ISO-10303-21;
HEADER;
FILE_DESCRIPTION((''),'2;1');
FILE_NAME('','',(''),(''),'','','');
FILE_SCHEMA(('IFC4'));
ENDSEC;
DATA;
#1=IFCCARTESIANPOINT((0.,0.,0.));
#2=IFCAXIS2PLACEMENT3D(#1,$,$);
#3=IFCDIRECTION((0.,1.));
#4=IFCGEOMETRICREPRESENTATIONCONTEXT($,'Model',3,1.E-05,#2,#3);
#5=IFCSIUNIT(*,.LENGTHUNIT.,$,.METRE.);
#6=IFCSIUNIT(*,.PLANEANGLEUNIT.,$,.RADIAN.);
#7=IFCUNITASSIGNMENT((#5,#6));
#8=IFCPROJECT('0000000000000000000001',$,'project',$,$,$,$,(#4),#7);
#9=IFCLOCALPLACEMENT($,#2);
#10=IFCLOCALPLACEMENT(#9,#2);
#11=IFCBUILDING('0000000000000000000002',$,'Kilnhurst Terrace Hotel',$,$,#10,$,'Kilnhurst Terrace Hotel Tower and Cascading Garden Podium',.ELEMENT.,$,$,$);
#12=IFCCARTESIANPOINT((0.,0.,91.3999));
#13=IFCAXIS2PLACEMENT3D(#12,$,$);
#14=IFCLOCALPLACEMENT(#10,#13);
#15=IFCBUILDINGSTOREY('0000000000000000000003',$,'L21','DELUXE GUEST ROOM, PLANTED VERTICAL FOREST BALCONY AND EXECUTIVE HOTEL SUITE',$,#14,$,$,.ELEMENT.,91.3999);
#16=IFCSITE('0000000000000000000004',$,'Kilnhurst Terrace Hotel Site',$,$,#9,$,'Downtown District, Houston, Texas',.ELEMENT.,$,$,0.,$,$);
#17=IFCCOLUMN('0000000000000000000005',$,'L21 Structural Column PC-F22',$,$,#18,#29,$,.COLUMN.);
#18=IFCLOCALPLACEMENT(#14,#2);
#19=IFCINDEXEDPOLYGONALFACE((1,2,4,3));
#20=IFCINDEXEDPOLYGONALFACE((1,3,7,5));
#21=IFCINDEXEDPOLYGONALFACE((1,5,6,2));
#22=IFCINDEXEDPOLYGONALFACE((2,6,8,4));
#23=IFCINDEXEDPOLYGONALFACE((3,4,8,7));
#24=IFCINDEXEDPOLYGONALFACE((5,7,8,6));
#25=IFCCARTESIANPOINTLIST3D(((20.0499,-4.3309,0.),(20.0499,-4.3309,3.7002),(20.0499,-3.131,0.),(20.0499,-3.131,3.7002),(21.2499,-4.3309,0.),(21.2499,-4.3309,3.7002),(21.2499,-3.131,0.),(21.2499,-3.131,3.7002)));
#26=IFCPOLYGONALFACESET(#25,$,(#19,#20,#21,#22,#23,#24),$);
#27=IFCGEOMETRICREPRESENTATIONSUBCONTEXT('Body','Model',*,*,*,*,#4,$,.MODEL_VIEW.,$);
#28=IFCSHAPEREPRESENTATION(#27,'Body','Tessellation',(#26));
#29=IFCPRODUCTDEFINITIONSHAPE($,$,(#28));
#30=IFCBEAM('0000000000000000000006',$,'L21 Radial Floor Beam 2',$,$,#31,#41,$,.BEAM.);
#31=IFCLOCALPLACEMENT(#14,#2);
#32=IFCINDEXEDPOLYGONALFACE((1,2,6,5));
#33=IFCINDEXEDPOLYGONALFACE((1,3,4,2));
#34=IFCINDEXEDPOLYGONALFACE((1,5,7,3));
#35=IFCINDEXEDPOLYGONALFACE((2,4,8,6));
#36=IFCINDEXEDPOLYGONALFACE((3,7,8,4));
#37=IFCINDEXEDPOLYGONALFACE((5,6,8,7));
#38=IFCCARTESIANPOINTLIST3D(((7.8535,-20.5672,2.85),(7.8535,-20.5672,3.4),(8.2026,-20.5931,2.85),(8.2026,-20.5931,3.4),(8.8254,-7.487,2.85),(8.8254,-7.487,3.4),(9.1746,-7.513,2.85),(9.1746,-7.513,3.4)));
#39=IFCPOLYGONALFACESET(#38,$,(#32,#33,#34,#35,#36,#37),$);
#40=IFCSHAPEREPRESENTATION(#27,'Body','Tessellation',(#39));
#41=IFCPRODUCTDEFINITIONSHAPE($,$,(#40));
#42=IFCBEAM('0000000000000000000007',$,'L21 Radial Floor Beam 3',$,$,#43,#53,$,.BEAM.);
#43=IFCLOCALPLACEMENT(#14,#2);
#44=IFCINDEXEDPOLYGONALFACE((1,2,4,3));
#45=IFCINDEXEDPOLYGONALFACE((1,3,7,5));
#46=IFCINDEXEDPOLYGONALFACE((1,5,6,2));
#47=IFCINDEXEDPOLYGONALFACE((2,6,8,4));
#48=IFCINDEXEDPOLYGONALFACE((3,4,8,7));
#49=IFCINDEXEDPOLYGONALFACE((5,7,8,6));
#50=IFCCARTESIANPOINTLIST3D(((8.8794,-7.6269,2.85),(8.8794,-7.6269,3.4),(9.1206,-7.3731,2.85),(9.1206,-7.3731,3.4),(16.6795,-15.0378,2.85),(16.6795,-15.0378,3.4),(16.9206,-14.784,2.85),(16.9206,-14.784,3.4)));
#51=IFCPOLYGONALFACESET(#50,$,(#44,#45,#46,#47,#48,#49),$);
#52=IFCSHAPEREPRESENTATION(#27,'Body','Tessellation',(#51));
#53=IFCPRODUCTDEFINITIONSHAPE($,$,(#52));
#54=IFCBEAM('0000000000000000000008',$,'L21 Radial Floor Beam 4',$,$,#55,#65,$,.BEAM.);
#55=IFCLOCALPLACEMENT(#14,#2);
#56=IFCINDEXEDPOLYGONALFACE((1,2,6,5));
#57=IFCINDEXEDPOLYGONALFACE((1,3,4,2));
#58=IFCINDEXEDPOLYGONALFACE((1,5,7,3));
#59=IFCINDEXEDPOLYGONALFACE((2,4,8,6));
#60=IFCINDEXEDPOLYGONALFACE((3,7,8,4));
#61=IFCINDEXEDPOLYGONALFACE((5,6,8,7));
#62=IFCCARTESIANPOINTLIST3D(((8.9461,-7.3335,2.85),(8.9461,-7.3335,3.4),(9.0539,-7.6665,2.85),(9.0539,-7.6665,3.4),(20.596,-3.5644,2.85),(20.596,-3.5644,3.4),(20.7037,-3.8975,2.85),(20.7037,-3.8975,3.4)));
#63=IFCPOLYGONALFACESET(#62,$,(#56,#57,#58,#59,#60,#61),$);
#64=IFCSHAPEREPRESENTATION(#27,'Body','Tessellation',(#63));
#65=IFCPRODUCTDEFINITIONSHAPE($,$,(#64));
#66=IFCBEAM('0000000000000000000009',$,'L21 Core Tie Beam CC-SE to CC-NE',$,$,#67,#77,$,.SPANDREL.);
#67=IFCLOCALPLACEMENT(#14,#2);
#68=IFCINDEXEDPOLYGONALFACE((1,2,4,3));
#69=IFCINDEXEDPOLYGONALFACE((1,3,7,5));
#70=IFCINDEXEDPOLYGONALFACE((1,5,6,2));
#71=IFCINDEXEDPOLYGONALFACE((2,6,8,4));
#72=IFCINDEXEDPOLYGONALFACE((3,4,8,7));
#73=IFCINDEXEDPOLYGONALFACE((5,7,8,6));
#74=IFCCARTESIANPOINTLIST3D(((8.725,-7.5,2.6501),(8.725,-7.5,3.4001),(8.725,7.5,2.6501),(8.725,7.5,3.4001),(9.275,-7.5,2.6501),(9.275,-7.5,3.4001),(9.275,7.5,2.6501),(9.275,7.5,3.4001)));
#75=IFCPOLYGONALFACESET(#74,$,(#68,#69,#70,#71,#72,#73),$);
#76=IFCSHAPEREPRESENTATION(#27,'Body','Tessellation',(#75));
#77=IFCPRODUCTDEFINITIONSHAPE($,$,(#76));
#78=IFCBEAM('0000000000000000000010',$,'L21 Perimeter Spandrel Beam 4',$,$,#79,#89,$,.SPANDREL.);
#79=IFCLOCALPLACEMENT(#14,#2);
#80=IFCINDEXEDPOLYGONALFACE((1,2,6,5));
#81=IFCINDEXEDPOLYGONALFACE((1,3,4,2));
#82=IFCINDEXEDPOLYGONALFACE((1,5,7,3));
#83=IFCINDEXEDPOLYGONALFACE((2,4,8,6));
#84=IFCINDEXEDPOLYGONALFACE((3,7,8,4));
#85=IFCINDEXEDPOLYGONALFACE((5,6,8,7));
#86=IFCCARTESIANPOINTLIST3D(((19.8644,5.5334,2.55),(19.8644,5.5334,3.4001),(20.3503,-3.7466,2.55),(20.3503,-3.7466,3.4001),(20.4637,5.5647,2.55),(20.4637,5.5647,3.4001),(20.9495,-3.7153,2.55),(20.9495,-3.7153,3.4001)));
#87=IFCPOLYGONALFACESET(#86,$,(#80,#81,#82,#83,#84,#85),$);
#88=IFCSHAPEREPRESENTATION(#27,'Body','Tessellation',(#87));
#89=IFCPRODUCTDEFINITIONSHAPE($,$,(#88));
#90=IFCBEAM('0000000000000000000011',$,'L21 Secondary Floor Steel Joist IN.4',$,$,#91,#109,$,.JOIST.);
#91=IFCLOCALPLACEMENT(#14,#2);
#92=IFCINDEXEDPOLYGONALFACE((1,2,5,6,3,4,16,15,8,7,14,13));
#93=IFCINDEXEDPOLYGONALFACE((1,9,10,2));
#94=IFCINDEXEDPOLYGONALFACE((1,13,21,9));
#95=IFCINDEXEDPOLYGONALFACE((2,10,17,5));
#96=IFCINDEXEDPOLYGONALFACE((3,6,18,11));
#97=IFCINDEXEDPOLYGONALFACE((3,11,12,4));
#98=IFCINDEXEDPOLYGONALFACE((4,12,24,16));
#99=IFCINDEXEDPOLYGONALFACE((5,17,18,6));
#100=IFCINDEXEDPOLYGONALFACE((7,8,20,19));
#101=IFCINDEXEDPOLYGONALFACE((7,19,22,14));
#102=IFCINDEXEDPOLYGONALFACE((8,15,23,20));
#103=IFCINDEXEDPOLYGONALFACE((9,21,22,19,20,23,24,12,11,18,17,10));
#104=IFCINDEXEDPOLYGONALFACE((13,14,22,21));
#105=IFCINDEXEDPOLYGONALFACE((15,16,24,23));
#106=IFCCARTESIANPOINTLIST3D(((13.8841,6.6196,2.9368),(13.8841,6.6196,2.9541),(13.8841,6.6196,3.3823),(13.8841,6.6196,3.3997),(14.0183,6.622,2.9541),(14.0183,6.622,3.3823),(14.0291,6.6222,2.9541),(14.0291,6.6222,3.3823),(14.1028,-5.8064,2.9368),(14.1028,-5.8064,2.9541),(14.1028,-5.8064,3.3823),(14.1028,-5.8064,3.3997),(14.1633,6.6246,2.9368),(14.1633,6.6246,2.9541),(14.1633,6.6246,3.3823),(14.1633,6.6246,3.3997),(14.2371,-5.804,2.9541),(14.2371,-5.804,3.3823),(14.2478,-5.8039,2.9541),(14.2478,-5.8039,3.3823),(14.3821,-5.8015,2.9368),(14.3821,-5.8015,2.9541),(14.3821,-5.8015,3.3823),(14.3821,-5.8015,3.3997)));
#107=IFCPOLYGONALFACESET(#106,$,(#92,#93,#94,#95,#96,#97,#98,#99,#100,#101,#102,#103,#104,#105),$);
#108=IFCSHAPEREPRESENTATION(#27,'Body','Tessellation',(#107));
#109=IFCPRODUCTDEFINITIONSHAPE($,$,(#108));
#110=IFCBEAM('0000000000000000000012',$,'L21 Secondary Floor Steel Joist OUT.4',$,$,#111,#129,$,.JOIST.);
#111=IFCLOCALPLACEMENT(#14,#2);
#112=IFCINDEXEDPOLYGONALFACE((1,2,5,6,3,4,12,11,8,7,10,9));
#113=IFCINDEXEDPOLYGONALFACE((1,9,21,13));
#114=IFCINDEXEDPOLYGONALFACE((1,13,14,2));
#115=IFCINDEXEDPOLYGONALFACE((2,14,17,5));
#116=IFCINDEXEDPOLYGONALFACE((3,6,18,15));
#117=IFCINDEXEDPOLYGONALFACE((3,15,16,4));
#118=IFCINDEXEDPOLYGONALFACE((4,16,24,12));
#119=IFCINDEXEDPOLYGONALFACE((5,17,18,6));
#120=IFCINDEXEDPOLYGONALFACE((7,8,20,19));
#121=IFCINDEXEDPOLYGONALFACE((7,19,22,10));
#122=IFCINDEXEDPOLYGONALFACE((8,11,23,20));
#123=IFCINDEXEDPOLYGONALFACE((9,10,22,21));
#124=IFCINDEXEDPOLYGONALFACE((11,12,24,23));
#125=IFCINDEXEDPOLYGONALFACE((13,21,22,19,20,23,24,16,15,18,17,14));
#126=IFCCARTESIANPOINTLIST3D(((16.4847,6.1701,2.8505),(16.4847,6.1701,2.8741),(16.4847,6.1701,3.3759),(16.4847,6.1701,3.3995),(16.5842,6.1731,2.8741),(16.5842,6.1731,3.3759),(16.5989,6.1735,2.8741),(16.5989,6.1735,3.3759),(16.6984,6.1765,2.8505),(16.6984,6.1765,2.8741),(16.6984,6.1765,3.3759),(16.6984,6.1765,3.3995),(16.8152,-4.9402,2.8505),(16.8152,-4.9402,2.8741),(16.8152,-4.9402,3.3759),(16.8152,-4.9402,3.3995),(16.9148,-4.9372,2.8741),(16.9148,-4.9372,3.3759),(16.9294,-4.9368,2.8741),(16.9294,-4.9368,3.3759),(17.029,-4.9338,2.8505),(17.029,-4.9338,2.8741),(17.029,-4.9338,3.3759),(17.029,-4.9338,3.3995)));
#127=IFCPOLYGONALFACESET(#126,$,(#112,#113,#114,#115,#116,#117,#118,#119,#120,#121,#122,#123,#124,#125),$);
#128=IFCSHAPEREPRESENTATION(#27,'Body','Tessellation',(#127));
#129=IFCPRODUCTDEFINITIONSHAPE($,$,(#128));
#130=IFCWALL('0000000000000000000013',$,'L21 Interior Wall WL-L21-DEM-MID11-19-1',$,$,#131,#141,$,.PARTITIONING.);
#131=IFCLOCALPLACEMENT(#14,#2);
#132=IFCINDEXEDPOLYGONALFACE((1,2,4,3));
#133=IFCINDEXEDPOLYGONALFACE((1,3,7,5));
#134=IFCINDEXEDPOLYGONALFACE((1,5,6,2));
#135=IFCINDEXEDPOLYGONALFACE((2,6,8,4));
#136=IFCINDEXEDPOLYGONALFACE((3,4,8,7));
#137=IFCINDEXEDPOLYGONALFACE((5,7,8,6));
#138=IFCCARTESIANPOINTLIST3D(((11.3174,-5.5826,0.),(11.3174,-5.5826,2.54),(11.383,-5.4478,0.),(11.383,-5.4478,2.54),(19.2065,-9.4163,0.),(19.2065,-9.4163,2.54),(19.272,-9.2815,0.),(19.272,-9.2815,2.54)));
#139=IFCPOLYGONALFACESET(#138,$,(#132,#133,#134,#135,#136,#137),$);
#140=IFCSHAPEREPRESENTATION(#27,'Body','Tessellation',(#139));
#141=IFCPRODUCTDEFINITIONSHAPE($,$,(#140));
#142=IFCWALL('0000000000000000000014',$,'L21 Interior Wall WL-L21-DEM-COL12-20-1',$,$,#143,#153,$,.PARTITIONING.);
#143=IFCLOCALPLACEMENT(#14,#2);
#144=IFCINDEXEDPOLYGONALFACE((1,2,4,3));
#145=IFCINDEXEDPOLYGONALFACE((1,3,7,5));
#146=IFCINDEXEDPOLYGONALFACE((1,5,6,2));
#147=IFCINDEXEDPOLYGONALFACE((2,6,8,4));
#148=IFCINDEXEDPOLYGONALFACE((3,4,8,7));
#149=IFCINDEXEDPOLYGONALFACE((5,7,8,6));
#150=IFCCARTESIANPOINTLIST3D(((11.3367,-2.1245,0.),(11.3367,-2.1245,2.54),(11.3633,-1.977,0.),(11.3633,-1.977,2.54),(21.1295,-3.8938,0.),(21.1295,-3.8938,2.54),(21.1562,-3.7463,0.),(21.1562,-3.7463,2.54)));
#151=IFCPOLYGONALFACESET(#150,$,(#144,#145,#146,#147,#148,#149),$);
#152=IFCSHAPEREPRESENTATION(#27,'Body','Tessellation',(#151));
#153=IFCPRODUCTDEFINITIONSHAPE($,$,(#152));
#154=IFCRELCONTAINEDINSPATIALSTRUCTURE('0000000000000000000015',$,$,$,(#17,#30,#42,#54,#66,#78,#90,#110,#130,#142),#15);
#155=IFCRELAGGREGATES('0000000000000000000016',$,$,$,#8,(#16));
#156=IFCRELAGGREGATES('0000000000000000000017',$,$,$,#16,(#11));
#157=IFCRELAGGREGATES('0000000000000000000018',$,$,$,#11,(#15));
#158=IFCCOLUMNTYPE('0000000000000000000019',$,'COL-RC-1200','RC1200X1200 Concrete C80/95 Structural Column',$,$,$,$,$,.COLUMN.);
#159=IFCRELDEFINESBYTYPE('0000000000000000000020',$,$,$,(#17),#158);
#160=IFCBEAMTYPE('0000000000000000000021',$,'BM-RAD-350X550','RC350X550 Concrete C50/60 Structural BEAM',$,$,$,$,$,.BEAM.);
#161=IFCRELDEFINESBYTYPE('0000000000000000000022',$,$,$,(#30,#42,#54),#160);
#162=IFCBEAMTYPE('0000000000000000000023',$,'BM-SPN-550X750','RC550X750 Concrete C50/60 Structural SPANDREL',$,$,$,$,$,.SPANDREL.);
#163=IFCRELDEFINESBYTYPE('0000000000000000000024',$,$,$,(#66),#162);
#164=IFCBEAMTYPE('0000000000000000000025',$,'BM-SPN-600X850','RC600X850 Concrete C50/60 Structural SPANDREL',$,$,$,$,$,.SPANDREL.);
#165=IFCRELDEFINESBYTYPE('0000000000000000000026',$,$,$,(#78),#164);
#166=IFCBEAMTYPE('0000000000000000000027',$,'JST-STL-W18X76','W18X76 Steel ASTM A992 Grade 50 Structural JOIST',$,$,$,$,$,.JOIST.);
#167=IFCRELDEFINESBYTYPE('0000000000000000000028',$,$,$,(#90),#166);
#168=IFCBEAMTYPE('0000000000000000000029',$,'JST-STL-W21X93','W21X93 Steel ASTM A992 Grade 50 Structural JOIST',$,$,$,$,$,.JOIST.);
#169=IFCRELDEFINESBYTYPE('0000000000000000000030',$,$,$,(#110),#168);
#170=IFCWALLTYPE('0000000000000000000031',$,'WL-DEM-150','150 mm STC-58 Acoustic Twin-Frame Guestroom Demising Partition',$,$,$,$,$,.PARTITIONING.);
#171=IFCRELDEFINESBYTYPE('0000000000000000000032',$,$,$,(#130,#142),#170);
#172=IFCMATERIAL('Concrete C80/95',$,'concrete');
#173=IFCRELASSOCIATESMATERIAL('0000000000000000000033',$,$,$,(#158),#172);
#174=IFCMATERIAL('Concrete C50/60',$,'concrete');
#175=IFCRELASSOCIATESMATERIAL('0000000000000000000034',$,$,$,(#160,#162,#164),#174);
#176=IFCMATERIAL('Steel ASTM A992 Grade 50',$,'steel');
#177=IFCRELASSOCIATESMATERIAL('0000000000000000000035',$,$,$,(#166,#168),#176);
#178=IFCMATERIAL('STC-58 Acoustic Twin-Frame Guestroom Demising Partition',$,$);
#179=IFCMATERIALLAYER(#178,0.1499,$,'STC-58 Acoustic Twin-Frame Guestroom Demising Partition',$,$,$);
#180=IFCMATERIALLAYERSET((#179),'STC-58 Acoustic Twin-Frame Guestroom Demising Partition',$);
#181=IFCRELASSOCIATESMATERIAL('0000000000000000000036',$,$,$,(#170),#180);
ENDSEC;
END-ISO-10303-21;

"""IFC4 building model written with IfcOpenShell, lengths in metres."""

from ifc_helpers import new_model, si_unit, direction, frame, frame_2d, origin, origin_2d, place, context, subcontext, project, spatial, rectangle, i_section, extrude, material, layer, layer_set, material_profile, profile_set, type_object, element, save


model = new_model("IFC4")

# Units and contexts
model_context = context("Model", 3, precision=1e-05, world=origin(), true_north=direction((0.0, 1.0)))
body_context = subcontext(model_context, "Body", "Model", "MODEL_VIEW")
ifc_project = project(units=[si_unit("LENGTHUNIT", "METRE"), si_unit("PLANEANGLEUNIT", "RADIAN")], contexts=[model_context])

# Site, building, storey
site_placement = place(None, origin())
site = spatial("IfcSite", under=ifc_project, at=site_placement, Name="Kilnhurst Terrace Hotel Site", LongName="Downtown District, Houston, Texas", CompositionType="ELEMENT", RefElevation=0.0)
building_placement = place(site_placement, origin())
building = spatial("IfcBuilding", under=site, at=building_placement, Name="Kilnhurst Terrace Hotel", LongName="Kilnhurst Terrace Hotel Tower and Cascading Garden Podium", CompositionType="ELEMENT")
storey_placement = place(building_placement, frame((0.0, 0.0, 91.3999)))
storey = spatial("IfcBuildingStorey", under=building, at=storey_placement, Name="L21", Description="DELUXE GUEST ROOM, PLANTED VERTICAL FOREST BALCONY AND EXECUTIVE HOTEL SUITE", CompositionType="ELEMENT", Elevation=91.3999)

# Column
ifc_material_1 = material(Name="Concrete C80/95", Category="concrete")
ifc_material_profile_1 = material_profile(ifc_material_1, rectangle(XDim=1.2, YDim=1.2, at=origin_2d()), Name="RC1200X1200")
ifc_profile_set_1 = profile_set([ifc_material_profile_1], Name="Concrete C80/95")
column_type = type_object("IfcColumnType", Name="COL-RC-1200", Description="RC1200X1200 Concrete C80/95 Structural Column", PredefinedType="COLUMN", material=ifc_profile_set_1)
column_placement = place(storey_placement, frame((20.6499, -3.731, 0.0), z_axis=(0.0, 0.0, 1.0), x_axis=(1.0, 0.0, 0.0)))
element("IfcColumn", 1, at=column_placement, inside=storey, type_object=column_type, Name="L21 Structural Column PC-F22", PredefinedType="COLUMN", context=body_context, shape_type="SweptSolid", body=[
    extrude(rectangle(XDim=1.2, YDim=1.2, at=origin_2d()), origin(), (0.0, 0.0, 1.0), 3.7002),
])

# Beams
ifc_material_2 = material(Name="Concrete C50/60", Category="concrete")
ifc_material_profile_2 = material_profile(ifc_material_2, rectangle(XDim=0.3501, YDim=0.55, at=origin_2d()), Name="RC350X550")
ifc_profile_set_2 = profile_set([ifc_material_profile_2], Name="Concrete C50/60")
beam_type_1 = type_object("IfcBeamType", Name="BM-RAD-350X550", Description="RC350X550 Concrete C50/60 Structural BEAM", PredefinedType="BEAM", material=ifc_profile_set_2)
beam_1_placement = place(storey_placement, frame((9.0, -7.5, 3.125), z_axis=(-0.074101, -0.997251, 0.0), x_axis=(0.997251, -0.074101, 0.0)))
element("IfcBeam", 2, at=beam_1_placement, inside=storey, type_object=beam_type_1, Name="L21 Radial Floor Beam 2", PredefinedType="BEAM", context=body_context, shape_type="SweptSolid", body=[
    extrude(rectangle(XDim=0.3501, YDim=0.55, at=origin_2d()), origin(), (0.0, 0.0, 1.0), 13.1162),
])
beam_2_placement = place(storey_placement, frame((9.0, -7.5, 3.125), z_axis=(0.72496, -0.688791, 0.0), x_axis=(0.688791, 0.72496, 0.0)))
element("IfcBeam", 3, at=beam_2_placement, inside=storey, type_object=beam_type_1, Name="L21 Radial Floor Beam 3", PredefinedType="BEAM", context=body_context, shape_type="SweptSolid", body=[
    extrude(rectangle(XDim=0.3501, YDim=0.55, at=origin_2d()), origin(), (0.0, 0.0, 1.0), 10.7593),
])
beam_3_placement = place(storey_placement, frame((9.0, -7.5, 3.125), z_axis=(0.951446, 0.307817, 0.0), x_axis=(-0.307817, 0.951446, 0.0)))
element("IfcBeam", 4, at=beam_3_placement, inside=storey, type_object=beam_type_1, Name="L21 Radial Floor Beam 4", PredefinedType="BEAM", context=body_context, shape_type="SweptSolid", body=[
    extrude(rectangle(XDim=0.3501, YDim=0.55, at=origin_2d()), origin(), (0.0, 0.0, 1.0), 12.2444),
])
ifc_material_profile_3 = material_profile(ifc_material_2, rectangle(XDim=0.55, YDim=0.75, at=origin_2d()), Name="RC550X750")
ifc_profile_set_3 = profile_set([ifc_material_profile_3], Name="Concrete C50/60")
beam_type_2 = type_object("IfcBeamType", Name="BM-SPN-550X750", Description="RC550X750 Concrete C50/60 Structural SPANDREL", PredefinedType="SPANDREL", material=ifc_profile_set_3)
beam_4_placement = place(storey_placement, frame((9.0, -7.5, 3.0251), z_axis=(0.0, 1.0, 0.0), x_axis=(-1.0, 0.0, 0.0)))
element("IfcBeam", 5, at=beam_4_placement, inside=storey, type_object=beam_type_2, Name="L21 Core Tie Beam CC-SE to CC-NE", PredefinedType="SPANDREL", context=body_context, shape_type="SweptSolid", body=[
    extrude(rectangle(XDim=0.55, YDim=0.75, at=origin_2d()), origin(), (0.0, 0.0, 1.0), 15.0),
])
ifc_material_profile_4 = material_profile(ifc_material_2, rectangle(XDim=0.6001, YDim=0.8501, at=origin_2d()), Name="RC600X850")
ifc_profile_set_4 = profile_set([ifc_material_profile_4], Name="Concrete C50/60")
beam_type_3 = type_object("IfcBeamType", Name="BM-SPN-600X850", Description="RC600X850 Concrete C50/60 Structural SPANDREL", PredefinedType="SPANDREL", material=ifc_profile_set_4)
beam_5_placement = place(storey_placement, frame((20.6499, -3.731, 2.9751), z_axis=(-0.052282, 0.998632, 0.0), x_axis=(-0.998632, -0.052282, 0.0)))
element("IfcBeam", 6, at=beam_5_placement, inside=storey, type_object=beam_type_3, Name="L21 Perimeter Spandrel Beam 4", PredefinedType="SPANDREL", context=body_context, shape_type="SweptSolid", body=[
    extrude(rectangle(XDim=0.6001, YDim=0.8501, at=origin_2d()), origin(), (0.0, 0.0, 1.0), 9.2927),
])
ifc_material_3 = material(Name="Steel ASTM A992 Grade 50", Category="steel")
ifc_material_profile_5 = material_profile(ifc_material_3, i_section(OverallWidth=0.2793, OverallDepth=0.4629, WebThickness=0.0107, FlangeThickness=0.0173, at=origin_2d()), Name="W18X76")
ifc_profile_set_5 = profile_set([ifc_material_profile_5], Name="Steel ASTM A992 Grade 50")
beam_type_4 = type_object("IfcBeamType", Name="JST-STL-W18X76", Description="W18X76 Steel ASTM A992 Grade 50 Structural JOIST", PredefinedType="JOIST", material=ifc_profile_set_5)
beam_6_placement = place(storey_placement, frame((14.2424, -5.804, 3.1682), z_axis=(-0.017601, 0.999845, 0.0), x_axis=(-0.999845, -0.017601, 0.0)))
element("IfcBeam", 7, at=beam_6_placement, inside=storey, type_object=beam_type_4, Name="L21 Secondary Floor Steel Joist IN.4", PredefinedType="JOIST", context=body_context, shape_type="SweptSolid", body=[
    extrude(i_section(OverallWidth=0.2793, OverallDepth=0.4629, WebThickness=0.0107, FlangeThickness=0.0173, at=origin_2d()), origin(), (0.0, 0.0, 1.0), 12.428),
])
ifc_material_profile_6 = material_profile(ifc_material_3, i_section(OverallWidth=0.2139, OverallDepth=0.5491, WebThickness=0.0146, FlangeThickness=0.0237, at=origin_2d()), Name="W21X93")
ifc_profile_set_6 = profile_set([ifc_material_profile_6], Name="Steel ASTM A992 Grade 50")
beam_type_5 = type_object("IfcBeamType", Name="JST-STL-W21X93", Description="W21X93 Steel ASTM A992 Grade 50 Structural JOIST", PredefinedType="JOIST", material=ifc_profile_set_6)
beam_7_placement = place(storey_placement, frame((16.9221, -4.937, 3.125), z_axis=(-0.02974, 0.999558, 0.0), x_axis=(-0.999558, -0.02974, 0.0)))
element("IfcBeam", 8, at=beam_7_placement, inside=storey, type_object=beam_type_5, Name="L21 Secondary Floor Steel Joist OUT.4", PredefinedType="JOIST", context=body_context, shape_type="SweptSolid", body=[
    extrude(i_section(OverallWidth=0.2139, OverallDepth=0.5491, WebThickness=0.0146, FlangeThickness=0.0237, at=origin_2d()), origin(), (0.0, 0.0, 1.0), 11.1152),
])

# Walls
ifc_material_4 = material(Name="STC-58 Acoustic Twin-Frame Guestroom Demising Partition")
ifc_layer_1 = layer(ifc_material_4, 0.1499, Name="STC-58 Acoustic Twin-Frame Guestroom Demising Partition")
ifc_layer_set_1 = layer_set([ifc_layer_1], Name="STC-58 Acoustic Twin-Frame Guestroom Demising Partition")
wall_type_1 = type_object("IfcWallType", Name="WL-DEM-150", Description="150 mm STC-58 Acoustic Twin-Frame Guestroom Demising Partition", PredefinedType="PARTITIONING", material=ifc_layer_set_1)
wall_1_placement = place(storey_placement, frame((11.3501, -5.5151, 0.0), z_axis=(0.0, 0.0, 1.0), x_axis=(0.899425, -0.437076, 0.0)))
element("IfcWall", 9, at=wall_1_placement, inside=storey, type_object=wall_type_1, Name="L21 Interior Wall WL-L21-DEM-MID11-19-1", PredefinedType="PARTITIONING", context=body_context, shape_type="SweptSolid", body=[
    extrude(rectangle(XDim=8.7712, YDim=0.1499, at=frame_2d((4.3857, 0.0))), origin(), (0.0, 0.0, 1.0), 2.54),
])
wall_2_placement = place(storey_placement, frame((11.3501, -2.0508, 0.0), z_axis=(0.0, 0.0, 1.0), x_axis=(0.984068, -0.177791, 0.0)))
element("IfcWall", 10, at=wall_2_placement, inside=storey, type_object=wall_type_1, Name="L21 Interior Wall WL-L21-DEM-COL12-20-1", PredefinedType="PARTITIONING", context=body_context, shape_type="SweptSolid", body=[
    extrude(rectangle(XDim=9.9514, YDim=0.1499, at=frame_2d((4.9756, 0.0))), origin(), (0.0, 0.0, 1.0), 2.54),
])

save(model, "model.ifc")
